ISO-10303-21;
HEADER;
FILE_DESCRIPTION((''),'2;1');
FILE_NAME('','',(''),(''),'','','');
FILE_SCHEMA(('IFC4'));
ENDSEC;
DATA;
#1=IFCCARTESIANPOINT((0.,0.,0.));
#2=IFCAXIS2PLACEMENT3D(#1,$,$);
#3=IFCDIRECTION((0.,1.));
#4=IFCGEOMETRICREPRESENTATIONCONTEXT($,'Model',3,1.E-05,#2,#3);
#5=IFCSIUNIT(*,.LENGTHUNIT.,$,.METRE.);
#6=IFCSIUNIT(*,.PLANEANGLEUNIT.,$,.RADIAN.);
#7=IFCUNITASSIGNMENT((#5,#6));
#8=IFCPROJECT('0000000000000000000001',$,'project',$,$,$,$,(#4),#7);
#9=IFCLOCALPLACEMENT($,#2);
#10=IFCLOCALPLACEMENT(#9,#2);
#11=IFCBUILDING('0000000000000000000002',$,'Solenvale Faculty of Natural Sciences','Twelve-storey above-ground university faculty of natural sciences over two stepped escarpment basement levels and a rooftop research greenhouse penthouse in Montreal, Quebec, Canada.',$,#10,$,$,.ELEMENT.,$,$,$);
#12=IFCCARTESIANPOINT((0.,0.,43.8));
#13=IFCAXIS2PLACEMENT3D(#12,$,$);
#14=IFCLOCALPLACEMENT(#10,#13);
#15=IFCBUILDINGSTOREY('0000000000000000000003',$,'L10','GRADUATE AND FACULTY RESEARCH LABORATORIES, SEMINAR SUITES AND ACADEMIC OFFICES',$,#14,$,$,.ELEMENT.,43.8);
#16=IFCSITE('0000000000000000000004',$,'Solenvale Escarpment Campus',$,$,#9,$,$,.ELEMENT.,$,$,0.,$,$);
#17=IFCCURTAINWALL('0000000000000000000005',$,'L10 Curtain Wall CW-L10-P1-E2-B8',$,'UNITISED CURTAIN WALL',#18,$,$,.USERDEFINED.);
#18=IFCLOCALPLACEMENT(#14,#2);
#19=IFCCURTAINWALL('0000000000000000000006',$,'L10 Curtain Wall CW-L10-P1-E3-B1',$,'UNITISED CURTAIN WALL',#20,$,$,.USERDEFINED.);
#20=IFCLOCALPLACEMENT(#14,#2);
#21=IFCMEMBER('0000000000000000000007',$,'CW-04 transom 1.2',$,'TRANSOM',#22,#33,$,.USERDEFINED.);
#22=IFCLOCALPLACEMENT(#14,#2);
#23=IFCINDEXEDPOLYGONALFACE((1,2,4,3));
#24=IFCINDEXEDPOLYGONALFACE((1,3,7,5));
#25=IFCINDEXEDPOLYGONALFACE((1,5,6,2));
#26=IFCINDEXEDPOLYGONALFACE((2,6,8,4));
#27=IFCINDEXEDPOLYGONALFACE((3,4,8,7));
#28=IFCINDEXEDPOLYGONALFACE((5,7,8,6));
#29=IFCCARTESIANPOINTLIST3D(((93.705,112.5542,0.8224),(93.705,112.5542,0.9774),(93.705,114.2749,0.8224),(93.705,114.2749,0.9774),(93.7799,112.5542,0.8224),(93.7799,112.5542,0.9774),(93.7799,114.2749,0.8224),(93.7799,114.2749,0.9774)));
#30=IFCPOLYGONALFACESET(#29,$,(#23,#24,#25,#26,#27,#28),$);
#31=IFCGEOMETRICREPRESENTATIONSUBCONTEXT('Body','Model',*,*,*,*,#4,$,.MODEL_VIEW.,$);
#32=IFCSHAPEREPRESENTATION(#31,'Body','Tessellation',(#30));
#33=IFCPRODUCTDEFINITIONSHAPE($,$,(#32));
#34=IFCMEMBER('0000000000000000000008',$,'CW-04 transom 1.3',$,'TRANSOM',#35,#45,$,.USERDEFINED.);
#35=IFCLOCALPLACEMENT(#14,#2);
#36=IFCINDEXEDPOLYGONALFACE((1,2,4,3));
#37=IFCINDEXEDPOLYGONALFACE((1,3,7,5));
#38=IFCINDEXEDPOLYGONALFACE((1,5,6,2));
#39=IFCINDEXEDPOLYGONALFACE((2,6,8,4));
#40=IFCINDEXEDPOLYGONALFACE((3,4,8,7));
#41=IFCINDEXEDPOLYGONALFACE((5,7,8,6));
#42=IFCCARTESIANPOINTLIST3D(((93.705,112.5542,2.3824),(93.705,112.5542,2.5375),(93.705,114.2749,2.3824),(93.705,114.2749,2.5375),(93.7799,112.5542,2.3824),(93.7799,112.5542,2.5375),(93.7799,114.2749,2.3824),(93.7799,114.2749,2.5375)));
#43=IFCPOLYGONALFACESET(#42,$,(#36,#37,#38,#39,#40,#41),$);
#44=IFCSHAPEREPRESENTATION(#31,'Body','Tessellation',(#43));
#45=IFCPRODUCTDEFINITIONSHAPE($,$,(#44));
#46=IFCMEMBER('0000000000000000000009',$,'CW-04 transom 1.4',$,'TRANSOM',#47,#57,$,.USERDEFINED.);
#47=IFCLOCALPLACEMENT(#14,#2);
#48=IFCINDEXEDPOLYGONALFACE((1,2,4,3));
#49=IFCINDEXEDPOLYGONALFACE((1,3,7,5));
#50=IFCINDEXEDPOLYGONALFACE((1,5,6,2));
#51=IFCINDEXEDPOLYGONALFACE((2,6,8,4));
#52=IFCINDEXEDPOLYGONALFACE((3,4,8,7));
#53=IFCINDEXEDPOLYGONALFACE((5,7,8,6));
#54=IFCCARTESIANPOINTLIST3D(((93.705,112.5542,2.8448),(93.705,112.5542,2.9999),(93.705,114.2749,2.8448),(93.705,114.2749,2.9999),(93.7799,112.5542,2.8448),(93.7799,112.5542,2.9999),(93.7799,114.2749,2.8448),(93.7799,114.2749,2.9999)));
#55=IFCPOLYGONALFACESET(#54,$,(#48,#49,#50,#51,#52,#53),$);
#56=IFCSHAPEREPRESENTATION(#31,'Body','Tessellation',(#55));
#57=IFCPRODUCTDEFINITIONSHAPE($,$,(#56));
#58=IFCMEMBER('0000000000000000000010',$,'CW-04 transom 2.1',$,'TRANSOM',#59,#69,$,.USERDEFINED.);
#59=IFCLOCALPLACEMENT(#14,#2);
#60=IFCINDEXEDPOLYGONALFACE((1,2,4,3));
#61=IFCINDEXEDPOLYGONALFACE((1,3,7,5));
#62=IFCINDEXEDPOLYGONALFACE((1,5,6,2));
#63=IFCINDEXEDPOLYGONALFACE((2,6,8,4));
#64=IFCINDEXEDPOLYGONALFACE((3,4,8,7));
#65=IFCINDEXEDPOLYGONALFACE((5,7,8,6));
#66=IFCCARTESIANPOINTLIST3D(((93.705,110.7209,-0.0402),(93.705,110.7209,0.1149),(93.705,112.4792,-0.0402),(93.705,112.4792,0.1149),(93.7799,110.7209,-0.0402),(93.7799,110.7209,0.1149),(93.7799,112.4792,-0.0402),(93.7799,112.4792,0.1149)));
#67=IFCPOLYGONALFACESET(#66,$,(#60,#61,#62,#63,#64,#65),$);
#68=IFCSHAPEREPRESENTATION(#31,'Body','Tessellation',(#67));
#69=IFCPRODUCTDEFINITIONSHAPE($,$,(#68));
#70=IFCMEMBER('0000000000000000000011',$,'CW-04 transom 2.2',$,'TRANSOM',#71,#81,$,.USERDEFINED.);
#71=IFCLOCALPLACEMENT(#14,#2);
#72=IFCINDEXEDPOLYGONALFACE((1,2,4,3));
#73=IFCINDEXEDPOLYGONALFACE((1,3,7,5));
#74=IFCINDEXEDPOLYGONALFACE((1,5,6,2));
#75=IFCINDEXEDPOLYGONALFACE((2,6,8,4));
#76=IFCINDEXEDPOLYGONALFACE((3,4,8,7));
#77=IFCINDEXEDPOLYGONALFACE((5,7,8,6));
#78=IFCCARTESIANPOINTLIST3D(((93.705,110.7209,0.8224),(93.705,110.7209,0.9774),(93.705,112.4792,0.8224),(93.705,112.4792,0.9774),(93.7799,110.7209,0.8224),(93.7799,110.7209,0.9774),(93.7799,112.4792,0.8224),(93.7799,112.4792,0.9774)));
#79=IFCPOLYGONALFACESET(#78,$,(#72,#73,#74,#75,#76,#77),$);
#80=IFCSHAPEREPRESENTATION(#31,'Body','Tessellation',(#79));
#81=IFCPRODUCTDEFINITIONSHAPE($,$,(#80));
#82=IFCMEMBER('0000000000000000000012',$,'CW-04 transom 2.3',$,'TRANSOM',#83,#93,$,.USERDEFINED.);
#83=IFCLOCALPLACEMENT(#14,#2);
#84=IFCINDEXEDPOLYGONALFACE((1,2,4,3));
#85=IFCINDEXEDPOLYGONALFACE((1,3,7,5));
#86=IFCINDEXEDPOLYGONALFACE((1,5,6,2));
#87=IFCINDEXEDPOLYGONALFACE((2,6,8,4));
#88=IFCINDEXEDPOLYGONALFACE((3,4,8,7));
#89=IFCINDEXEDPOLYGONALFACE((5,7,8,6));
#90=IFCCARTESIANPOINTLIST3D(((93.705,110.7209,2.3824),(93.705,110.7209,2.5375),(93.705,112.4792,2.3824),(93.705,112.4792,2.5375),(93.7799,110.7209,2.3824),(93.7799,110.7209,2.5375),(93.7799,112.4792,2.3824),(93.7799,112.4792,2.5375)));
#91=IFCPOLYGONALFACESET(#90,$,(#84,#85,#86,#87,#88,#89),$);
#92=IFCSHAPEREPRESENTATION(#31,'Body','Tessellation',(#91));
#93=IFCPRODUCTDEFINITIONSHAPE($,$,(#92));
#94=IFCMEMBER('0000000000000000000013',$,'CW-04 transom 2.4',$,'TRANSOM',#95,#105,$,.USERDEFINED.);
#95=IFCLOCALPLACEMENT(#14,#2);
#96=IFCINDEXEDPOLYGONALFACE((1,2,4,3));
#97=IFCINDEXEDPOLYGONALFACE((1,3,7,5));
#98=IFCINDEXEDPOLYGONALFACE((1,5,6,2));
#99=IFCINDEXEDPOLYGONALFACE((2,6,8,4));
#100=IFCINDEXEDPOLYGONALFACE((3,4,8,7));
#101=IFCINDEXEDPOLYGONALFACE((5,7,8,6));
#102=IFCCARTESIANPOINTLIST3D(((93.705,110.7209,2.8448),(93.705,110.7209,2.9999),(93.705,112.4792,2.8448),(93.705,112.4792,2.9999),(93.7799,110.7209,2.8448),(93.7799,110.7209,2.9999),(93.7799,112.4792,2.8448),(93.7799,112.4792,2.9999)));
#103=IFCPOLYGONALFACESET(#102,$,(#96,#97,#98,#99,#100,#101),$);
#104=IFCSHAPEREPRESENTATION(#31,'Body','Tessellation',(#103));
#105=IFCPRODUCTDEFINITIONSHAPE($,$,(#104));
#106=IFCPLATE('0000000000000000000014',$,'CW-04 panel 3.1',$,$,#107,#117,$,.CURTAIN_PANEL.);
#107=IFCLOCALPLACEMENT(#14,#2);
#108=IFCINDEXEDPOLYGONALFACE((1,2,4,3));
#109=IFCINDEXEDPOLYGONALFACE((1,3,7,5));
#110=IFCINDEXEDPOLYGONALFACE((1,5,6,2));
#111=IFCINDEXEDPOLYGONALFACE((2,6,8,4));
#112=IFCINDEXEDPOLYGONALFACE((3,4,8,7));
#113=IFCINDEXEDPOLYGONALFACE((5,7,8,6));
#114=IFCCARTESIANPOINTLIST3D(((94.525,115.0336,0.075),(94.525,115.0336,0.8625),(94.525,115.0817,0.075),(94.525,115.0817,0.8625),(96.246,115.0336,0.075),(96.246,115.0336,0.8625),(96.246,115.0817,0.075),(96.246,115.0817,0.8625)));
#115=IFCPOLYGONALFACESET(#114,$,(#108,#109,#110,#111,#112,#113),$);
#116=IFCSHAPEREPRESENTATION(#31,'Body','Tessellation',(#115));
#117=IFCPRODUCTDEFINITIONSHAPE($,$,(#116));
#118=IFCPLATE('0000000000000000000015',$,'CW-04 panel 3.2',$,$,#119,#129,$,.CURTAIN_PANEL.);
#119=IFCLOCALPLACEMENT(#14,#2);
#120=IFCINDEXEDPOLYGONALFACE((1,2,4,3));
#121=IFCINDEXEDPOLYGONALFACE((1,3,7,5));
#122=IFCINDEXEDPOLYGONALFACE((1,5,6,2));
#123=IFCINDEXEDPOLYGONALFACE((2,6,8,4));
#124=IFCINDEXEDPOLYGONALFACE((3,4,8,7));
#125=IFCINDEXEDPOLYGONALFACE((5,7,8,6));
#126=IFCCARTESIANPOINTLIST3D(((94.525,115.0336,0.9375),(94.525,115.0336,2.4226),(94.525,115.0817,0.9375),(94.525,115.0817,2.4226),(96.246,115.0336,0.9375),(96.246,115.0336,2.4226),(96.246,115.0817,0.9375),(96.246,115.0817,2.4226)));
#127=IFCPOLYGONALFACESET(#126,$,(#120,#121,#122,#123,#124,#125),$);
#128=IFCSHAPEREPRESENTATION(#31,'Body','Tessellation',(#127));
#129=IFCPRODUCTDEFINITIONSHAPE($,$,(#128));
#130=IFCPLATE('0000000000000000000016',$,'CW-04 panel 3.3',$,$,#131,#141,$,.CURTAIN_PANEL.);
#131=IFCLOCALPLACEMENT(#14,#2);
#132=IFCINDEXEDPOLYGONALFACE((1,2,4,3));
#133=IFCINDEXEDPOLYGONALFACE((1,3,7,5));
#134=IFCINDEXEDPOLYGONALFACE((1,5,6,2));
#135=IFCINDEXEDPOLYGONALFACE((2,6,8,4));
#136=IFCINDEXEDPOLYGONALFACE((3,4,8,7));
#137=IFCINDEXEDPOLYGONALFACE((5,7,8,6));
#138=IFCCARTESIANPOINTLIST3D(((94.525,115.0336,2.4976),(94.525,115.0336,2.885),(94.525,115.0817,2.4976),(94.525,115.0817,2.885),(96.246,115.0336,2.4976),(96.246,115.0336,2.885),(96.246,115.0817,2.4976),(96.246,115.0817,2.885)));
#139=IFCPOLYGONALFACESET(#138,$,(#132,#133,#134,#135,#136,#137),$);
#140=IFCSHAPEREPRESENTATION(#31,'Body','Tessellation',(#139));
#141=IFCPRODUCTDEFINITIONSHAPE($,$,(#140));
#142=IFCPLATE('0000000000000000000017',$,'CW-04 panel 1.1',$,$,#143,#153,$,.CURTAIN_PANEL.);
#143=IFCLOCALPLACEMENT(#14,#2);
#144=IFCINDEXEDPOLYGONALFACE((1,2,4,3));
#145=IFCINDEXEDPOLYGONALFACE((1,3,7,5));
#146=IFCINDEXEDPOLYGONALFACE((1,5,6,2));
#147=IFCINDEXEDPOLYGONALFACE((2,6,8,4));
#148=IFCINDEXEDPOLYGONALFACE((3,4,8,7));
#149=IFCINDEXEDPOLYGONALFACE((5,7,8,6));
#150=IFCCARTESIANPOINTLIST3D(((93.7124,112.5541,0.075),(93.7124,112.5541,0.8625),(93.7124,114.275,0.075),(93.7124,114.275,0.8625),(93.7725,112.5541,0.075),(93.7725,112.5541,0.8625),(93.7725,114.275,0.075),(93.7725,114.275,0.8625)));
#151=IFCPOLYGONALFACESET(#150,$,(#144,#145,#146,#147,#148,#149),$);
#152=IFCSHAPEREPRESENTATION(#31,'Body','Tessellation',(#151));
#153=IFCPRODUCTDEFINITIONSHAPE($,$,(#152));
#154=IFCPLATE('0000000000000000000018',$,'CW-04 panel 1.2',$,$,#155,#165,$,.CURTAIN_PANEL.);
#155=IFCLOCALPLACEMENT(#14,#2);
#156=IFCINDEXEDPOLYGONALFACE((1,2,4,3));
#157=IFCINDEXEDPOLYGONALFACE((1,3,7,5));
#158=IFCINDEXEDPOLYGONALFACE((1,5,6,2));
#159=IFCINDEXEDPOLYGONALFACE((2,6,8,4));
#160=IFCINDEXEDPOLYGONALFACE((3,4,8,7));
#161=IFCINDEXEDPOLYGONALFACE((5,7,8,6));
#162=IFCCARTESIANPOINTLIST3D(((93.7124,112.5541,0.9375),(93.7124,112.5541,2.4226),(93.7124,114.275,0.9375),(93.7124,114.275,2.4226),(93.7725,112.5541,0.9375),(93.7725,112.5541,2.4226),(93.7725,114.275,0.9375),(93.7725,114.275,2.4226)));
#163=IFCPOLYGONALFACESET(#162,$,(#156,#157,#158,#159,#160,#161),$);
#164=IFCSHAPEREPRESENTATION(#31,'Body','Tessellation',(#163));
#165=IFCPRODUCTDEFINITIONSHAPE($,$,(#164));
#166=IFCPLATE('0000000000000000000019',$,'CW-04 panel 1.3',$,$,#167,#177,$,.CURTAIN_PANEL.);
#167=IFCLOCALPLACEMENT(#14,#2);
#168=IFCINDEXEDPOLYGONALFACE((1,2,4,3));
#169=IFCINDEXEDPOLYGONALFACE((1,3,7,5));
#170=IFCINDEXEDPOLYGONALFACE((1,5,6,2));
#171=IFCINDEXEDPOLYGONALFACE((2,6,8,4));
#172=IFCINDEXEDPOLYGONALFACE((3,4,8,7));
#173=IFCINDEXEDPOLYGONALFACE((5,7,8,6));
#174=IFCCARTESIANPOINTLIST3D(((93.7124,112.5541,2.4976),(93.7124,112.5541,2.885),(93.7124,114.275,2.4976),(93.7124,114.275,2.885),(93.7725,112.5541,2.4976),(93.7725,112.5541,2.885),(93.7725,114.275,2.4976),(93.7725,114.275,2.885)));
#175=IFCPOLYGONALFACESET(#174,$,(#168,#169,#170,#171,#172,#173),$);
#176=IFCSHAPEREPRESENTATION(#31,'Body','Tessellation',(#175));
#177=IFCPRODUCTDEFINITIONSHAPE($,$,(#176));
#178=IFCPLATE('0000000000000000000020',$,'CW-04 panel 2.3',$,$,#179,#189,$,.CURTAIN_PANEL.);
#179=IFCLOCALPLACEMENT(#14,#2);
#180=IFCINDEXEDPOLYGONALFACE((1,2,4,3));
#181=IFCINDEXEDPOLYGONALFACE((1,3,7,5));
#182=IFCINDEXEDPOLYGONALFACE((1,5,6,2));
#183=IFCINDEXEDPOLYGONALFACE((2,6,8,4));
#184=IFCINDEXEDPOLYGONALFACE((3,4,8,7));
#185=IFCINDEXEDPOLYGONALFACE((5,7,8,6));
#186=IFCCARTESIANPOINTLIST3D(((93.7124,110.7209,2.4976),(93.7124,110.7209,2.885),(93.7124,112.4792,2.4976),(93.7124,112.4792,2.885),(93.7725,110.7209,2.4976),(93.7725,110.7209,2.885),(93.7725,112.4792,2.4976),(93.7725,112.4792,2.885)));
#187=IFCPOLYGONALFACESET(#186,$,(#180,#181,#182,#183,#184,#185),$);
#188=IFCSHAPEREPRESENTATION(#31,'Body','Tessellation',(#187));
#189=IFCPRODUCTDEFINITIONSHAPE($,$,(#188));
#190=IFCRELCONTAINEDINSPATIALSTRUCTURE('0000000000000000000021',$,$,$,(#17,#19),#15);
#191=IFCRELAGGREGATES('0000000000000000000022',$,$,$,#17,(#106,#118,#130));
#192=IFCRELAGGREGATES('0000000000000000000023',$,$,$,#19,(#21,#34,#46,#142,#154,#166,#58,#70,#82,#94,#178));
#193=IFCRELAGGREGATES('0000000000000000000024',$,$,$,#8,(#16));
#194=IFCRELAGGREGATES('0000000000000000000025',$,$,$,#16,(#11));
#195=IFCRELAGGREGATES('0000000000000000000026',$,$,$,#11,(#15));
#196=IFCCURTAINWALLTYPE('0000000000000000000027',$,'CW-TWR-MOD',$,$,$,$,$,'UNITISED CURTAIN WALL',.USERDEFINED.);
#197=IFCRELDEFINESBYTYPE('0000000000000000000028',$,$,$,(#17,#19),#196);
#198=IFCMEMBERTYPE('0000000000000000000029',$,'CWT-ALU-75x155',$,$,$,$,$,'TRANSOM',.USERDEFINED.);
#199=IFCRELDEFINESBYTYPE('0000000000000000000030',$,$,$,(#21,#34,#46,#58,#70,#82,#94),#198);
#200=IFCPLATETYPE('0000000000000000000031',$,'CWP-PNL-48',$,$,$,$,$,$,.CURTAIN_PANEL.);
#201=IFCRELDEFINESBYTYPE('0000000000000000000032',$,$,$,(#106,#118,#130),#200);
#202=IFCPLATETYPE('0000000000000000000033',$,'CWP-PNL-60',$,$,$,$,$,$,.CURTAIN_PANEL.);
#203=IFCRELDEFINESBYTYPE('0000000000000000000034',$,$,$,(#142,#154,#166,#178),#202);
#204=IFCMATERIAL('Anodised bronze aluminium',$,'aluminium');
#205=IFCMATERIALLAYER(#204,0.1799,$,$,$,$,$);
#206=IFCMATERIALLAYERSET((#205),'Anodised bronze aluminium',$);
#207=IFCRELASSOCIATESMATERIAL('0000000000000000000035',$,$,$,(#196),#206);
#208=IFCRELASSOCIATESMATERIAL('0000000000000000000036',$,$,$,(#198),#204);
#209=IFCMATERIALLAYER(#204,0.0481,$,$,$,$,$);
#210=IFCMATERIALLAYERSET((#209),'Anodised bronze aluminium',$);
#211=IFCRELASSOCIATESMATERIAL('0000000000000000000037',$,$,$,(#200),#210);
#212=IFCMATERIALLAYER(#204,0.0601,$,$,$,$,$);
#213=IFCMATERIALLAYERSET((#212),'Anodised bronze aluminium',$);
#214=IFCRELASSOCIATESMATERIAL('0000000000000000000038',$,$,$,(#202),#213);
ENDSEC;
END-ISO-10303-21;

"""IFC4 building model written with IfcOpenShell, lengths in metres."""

from ifc_helpers import new_model, si_unit, direction, frame, origin, origin_2d, place, context, subcontext, project, spatial, rectangle, extrude, material, layer, layer_set, material_profile, profile_set, type_object, element, aggregate, save


model = new_model("IFC4")

# Units and contexts
model_context = context("Model", 3, precision=1e-05, world=origin(), true_north=direction((0.0, 1.0)))
body_context = subcontext(model_context, "Body", "Model", "MODEL_VIEW")
ifc_project = project(units=[si_unit("LENGTHUNIT", "METRE"), si_unit("PLANEANGLEUNIT", "RADIAN")], contexts=[model_context])

# Site, building, storey
site_placement = place(None, origin())
site = spatial("IfcSite", under=ifc_project, at=site_placement, Name="Solenvale Escarpment Campus", CompositionType="ELEMENT", RefElevation=0.0)
building_placement = place(site_placement, origin())
building = spatial("IfcBuilding", under=site, at=building_placement, Name="Solenvale Faculty of Natural Sciences", Description="Twelve-storey above-ground university faculty of natural sciences over two stepped escarpment basement levels and a rooftop research greenhouse penthouse in Montreal, Quebec, Canada.", CompositionType="ELEMENT")
storey_placement = place(building_placement, frame((0.0, 0.0, 43.8)))
storey = spatial("IfcBuildingStorey", under=building, at=storey_placement, Name="L10", Description="GRADUATE AND FACULTY RESEARCH LABORATORIES, SEMINAR SUITES AND ACADEMIC OFFICES", CompositionType="ELEMENT", Elevation=43.8)

# Curtain wall
ifc_material_1 = material(Name="Anodised bronze aluminium", Category="aluminium")
ifc_layer_1 = layer(ifc_material_1, 0.1799)
ifc_layer_set_1 = layer_set([ifc_layer_1], Name="Anodised bronze aluminium")
curtain_wall_type = type_object("IfcCurtainWallType", Name="CW-TWR-MOD", ElementType="UNITISED CURTAIN WALL", PredefinedType="USERDEFINED", material=ifc_layer_set_1)
curtain_wall_1_placement = place(storey_placement, origin())
curtain_wall_1 = element("IfcCurtainWall", 1, at=curtain_wall_1_placement, inside=storey, type_object=curtain_wall_type, Name="L10 Curtain Wall CW-L10-P1-E2-B8", ObjectType="UNITISED CURTAIN WALL", PredefinedType="USERDEFINED")

# Curtain wall
curtain_wall_2_placement = place(storey_placement, origin())
curtain_wall_2 = element("IfcCurtainWall", 2, at=curtain_wall_2_placement, inside=storey, type_object=curtain_wall_type, Name="L10 Curtain Wall CW-L10-P1-E3-B1", ObjectType="UNITISED CURTAIN WALL", PredefinedType="USERDEFINED")

# Members
ifc_material_profile_1 = material_profile(ifc_material_1, rectangle(XDim=0.075, YDim=0.155, at=origin_2d()), Name="ALU-TRN-75x155")
ifc_profile_set_1 = profile_set([ifc_material_profile_1], Name="Anodised bronze aluminium")
member_type_1 = type_object("IfcMemberType", Name="CWT-ALU-75x155", ElementType="TRANSOM", PredefinedType="USERDEFINED", material=ifc_profile_set_1)
member_1_placement = place(storey_placement, frame((93.7424, 114.2749, 0.8999), z_axis=(0.0, -1.0, 0.0), x_axis=(1.0, 0.0, 0.0)))
member_1 = element("IfcMember", 3, at=member_1_placement, type_object=member_type_1, Name="CW-04 transom 1.2", ObjectType="TRANSOM", PredefinedType="USERDEFINED", context=body_context, shape_type="SweptSolid", body=[
    extrude(rectangle(XDim=0.075, YDim=0.155, at=origin_2d()), origin(), (0.0, 0.0, 1.0), 1.7207),
])
member_2_placement = place(storey_placement, frame((93.7424, 114.2749, 2.46), z_axis=(0.0, -1.0, 0.0), x_axis=(1.0, 0.0, 0.0)))
member_2 = element("IfcMember", 4, at=member_2_placement, type_object=member_type_1, Name="CW-04 transom 1.3", ObjectType="TRANSOM", PredefinedType="USERDEFINED", context=body_context, shape_type="SweptSolid", body=[
    extrude(rectangle(XDim=0.075, YDim=0.155, at=origin_2d()), origin(), (0.0, 0.0, 1.0), 1.7207),
])
member_3_placement = place(storey_placement, frame((93.7424, 114.2749, 2.9224), z_axis=(0.0, -1.0, 0.0), x_axis=(1.0, 0.0, 0.0)))
member_3 = element("IfcMember", 5, at=member_3_placement, type_object=member_type_1, Name="CW-04 transom 1.4", ObjectType="TRANSOM", PredefinedType="USERDEFINED", context=body_context, shape_type="SweptSolid", body=[
    extrude(rectangle(XDim=0.075, YDim=0.155, at=origin_2d()), origin(), (0.0, 0.0, 1.0), 1.7207),
])
member_4_placement = place(storey_placement, frame((93.7424, 112.4792, 0.0374), z_axis=(0.0, -1.0, 0.0), x_axis=(1.0, 0.0, 0.0)))
member_4 = element("IfcMember", 6, at=member_4_placement, type_object=member_type_1, Name="CW-04 transom 2.1", ObjectType="TRANSOM", PredefinedType="USERDEFINED", context=body_context, shape_type="SweptSolid", body=[
    extrude(rectangle(XDim=0.075, YDim=0.155, at=origin_2d()), origin(), (0.0, 0.0, 1.0), 1.7583),
])
member_5_placement = place(storey_placement, frame((93.7424, 112.4792, 0.8999), z_axis=(0.0, -1.0, 0.0), x_axis=(1.0, 0.0, 0.0)))
member_5 = element("IfcMember", 7, at=member_5_placement, type_object=member_type_1, Name="CW-04 transom 2.2", ObjectType="TRANSOM", PredefinedType="USERDEFINED", context=body_context, shape_type="SweptSolid", body=[
    extrude(rectangle(XDim=0.075, YDim=0.155, at=origin_2d()), origin(), (0.0, 0.0, 1.0), 1.7583),
])
member_6_placement = place(storey_placement, frame((93.7424, 112.4792, 2.46), z_axis=(0.0, -1.0, 0.0), x_axis=(1.0, 0.0, 0.0)))
member_6 = element("IfcMember", 8, at=member_6_placement, type_object=member_type_1, Name="CW-04 transom 2.3", ObjectType="TRANSOM", PredefinedType="USERDEFINED", context=body_context, shape_type="SweptSolid", body=[
    extrude(rectangle(XDim=0.075, YDim=0.155, at=origin_2d()), origin(), (0.0, 0.0, 1.0), 1.7583),
])
member_7_placement = place(storey_placement, frame((93.7424, 112.4792, 2.9224), z_axis=(0.0, -1.0, 0.0), x_axis=(1.0, 0.0, 0.0)))
member_7 = element("IfcMember", 9, at=member_7_placement, type_object=member_type_1, Name="CW-04 transom 2.4", ObjectType="TRANSOM", PredefinedType="USERDEFINED", context=body_context, shape_type="SweptSolid", body=[
    extrude(rectangle(XDim=0.075, YDim=0.155, at=origin_2d()), origin(), (0.0, 0.0, 1.0), 1.7583),
])

# Plates
ifc_layer_2 = layer(ifc_material_1, 0.0481)
ifc_layer_set_2 = layer_set([ifc_layer_2], Name="Anodised bronze aluminium")
plate_type_1 = type_object("IfcPlateType", Name="CWP-PNL-48", PredefinedType="CURTAIN_PANEL", material=ifc_layer_set_2)
plate_1_placement = place(storey_placement, frame((95.3855, 115.0576, 0.075), z_axis=(0.0, 0.0, 1.0), x_axis=(-1.0, 0.0, 0.0)))
plate_1 = element("IfcPlate", 10, at=plate_1_placement, type_object=plate_type_1, Name="CW-04 panel 3.1", PredefinedType="CURTAIN_PANEL", context=body_context, shape_type="SweptSolid", body=[
    extrude(rectangle(XDim=1.7209, YDim=0.0481, at=origin_2d()), origin(), (0.0, 0.0, 1.0), 0.7876),
])
plate_2_placement = place(storey_placement, frame((95.3855, 115.0576, 0.9375), z_axis=(0.0, 0.0, 1.0), x_axis=(-1.0, 0.0, 0.0)))
plate_2 = element("IfcPlate", 11, at=plate_2_placement, type_object=plate_type_1, Name="CW-04 panel 3.2", PredefinedType="CURTAIN_PANEL", context=body_context, shape_type="SweptSolid", body=[
    extrude(rectangle(XDim=1.7209, YDim=0.0481, at=origin_2d()), origin(), (0.0, 0.0, 1.0), 1.4851),
])
plate_3_placement = place(storey_placement, frame((95.3855, 115.0576, 2.4976), z_axis=(0.0, 0.0, 1.0), x_axis=(-1.0, 0.0, 0.0)))
plate_3 = element("IfcPlate", 12, at=plate_3_placement, type_object=plate_type_1, Name="CW-04 panel 3.3", PredefinedType="CURTAIN_PANEL", context=body_context, shape_type="SweptSolid", body=[
    extrude(rectangle(XDim=1.7209, YDim=0.0481, at=origin_2d()), origin(), (0.0, 0.0, 1.0), 0.3875),
])
aggregate(curtain_wall_1, [plate_1, plate_2, plate_3])
ifc_layer_3 = layer(ifc_material_1, 0.0601)
ifc_layer_set_3 = layer_set([ifc_layer_3], Name="Anodised bronze aluminium")
plate_type_2 = type_object("IfcPlateType", Name="CWP-PNL-60", PredefinedType="CURTAIN_PANEL", material=ifc_layer_set_3)
plate_4_placement = place(storey_placement, frame((93.7424, 113.4146, 0.075), z_axis=(0.0, 0.0, 1.0), x_axis=(0.0, -1.0, 0.0)))
plate_4 = element("IfcPlate", 13, at=plate_4_placement, type_object=plate_type_2, Name="CW-04 panel 1.1", PredefinedType="CURTAIN_PANEL", context=body_context, shape_type="SweptSolid", body=[
    extrude(rectangle(XDim=1.7209, YDim=0.0601, at=origin_2d()), origin(), (0.0, 0.0, 1.0), 0.7876),
])
plate_5_placement = place(storey_placement, frame((93.7424, 113.4146, 0.9375), z_axis=(0.0, 0.0, 1.0), x_axis=(0.0, -1.0, 0.0)))
plate_5 = element("IfcPlate", 14, at=plate_5_placement, type_object=plate_type_2, Name="CW-04 panel 1.2", PredefinedType="CURTAIN_PANEL", context=body_context, shape_type="SweptSolid", body=[
    extrude(rectangle(XDim=1.7209, YDim=0.0601, at=origin_2d()), origin(), (0.0, 0.0, 1.0), 1.4851),
])
plate_6_placement = place(storey_placement, frame((93.7424, 113.4146, 2.4976), z_axis=(0.0, 0.0, 1.0), x_axis=(0.0, -1.0, 0.0)))
plate_6 = element("IfcPlate", 15, at=plate_6_placement, type_object=plate_type_2, Name="CW-04 panel 1.3", PredefinedType="CURTAIN_PANEL", context=body_context, shape_type="SweptSolid", body=[
    extrude(rectangle(XDim=1.7209, YDim=0.0601, at=origin_2d()), origin(), (0.0, 0.0, 1.0), 0.3875),
])
plate_7_placement = place(storey_placement, frame((93.7424, 111.6001, 2.4976), z_axis=(0.0, 0.0, 1.0), x_axis=(0.0, -1.0, 0.0)))
plate_7 = element("IfcPlate", 16, at=plate_7_placement, type_object=plate_type_2, Name="CW-04 panel 2.3", PredefinedType="CURTAIN_PANEL", context=body_context, shape_type="SweptSolid", body=[
    extrude(rectangle(XDim=1.7583, YDim=0.0601, at=origin_2d()), origin(), (0.0, 0.0, 1.0), 0.3875),
])
aggregate(curtain_wall_2, [member_1, member_2, member_3, plate_4, plate_5, plate_6, member_4, member_5, member_6, member_7, plate_7])

save(model, "model.ifc")
